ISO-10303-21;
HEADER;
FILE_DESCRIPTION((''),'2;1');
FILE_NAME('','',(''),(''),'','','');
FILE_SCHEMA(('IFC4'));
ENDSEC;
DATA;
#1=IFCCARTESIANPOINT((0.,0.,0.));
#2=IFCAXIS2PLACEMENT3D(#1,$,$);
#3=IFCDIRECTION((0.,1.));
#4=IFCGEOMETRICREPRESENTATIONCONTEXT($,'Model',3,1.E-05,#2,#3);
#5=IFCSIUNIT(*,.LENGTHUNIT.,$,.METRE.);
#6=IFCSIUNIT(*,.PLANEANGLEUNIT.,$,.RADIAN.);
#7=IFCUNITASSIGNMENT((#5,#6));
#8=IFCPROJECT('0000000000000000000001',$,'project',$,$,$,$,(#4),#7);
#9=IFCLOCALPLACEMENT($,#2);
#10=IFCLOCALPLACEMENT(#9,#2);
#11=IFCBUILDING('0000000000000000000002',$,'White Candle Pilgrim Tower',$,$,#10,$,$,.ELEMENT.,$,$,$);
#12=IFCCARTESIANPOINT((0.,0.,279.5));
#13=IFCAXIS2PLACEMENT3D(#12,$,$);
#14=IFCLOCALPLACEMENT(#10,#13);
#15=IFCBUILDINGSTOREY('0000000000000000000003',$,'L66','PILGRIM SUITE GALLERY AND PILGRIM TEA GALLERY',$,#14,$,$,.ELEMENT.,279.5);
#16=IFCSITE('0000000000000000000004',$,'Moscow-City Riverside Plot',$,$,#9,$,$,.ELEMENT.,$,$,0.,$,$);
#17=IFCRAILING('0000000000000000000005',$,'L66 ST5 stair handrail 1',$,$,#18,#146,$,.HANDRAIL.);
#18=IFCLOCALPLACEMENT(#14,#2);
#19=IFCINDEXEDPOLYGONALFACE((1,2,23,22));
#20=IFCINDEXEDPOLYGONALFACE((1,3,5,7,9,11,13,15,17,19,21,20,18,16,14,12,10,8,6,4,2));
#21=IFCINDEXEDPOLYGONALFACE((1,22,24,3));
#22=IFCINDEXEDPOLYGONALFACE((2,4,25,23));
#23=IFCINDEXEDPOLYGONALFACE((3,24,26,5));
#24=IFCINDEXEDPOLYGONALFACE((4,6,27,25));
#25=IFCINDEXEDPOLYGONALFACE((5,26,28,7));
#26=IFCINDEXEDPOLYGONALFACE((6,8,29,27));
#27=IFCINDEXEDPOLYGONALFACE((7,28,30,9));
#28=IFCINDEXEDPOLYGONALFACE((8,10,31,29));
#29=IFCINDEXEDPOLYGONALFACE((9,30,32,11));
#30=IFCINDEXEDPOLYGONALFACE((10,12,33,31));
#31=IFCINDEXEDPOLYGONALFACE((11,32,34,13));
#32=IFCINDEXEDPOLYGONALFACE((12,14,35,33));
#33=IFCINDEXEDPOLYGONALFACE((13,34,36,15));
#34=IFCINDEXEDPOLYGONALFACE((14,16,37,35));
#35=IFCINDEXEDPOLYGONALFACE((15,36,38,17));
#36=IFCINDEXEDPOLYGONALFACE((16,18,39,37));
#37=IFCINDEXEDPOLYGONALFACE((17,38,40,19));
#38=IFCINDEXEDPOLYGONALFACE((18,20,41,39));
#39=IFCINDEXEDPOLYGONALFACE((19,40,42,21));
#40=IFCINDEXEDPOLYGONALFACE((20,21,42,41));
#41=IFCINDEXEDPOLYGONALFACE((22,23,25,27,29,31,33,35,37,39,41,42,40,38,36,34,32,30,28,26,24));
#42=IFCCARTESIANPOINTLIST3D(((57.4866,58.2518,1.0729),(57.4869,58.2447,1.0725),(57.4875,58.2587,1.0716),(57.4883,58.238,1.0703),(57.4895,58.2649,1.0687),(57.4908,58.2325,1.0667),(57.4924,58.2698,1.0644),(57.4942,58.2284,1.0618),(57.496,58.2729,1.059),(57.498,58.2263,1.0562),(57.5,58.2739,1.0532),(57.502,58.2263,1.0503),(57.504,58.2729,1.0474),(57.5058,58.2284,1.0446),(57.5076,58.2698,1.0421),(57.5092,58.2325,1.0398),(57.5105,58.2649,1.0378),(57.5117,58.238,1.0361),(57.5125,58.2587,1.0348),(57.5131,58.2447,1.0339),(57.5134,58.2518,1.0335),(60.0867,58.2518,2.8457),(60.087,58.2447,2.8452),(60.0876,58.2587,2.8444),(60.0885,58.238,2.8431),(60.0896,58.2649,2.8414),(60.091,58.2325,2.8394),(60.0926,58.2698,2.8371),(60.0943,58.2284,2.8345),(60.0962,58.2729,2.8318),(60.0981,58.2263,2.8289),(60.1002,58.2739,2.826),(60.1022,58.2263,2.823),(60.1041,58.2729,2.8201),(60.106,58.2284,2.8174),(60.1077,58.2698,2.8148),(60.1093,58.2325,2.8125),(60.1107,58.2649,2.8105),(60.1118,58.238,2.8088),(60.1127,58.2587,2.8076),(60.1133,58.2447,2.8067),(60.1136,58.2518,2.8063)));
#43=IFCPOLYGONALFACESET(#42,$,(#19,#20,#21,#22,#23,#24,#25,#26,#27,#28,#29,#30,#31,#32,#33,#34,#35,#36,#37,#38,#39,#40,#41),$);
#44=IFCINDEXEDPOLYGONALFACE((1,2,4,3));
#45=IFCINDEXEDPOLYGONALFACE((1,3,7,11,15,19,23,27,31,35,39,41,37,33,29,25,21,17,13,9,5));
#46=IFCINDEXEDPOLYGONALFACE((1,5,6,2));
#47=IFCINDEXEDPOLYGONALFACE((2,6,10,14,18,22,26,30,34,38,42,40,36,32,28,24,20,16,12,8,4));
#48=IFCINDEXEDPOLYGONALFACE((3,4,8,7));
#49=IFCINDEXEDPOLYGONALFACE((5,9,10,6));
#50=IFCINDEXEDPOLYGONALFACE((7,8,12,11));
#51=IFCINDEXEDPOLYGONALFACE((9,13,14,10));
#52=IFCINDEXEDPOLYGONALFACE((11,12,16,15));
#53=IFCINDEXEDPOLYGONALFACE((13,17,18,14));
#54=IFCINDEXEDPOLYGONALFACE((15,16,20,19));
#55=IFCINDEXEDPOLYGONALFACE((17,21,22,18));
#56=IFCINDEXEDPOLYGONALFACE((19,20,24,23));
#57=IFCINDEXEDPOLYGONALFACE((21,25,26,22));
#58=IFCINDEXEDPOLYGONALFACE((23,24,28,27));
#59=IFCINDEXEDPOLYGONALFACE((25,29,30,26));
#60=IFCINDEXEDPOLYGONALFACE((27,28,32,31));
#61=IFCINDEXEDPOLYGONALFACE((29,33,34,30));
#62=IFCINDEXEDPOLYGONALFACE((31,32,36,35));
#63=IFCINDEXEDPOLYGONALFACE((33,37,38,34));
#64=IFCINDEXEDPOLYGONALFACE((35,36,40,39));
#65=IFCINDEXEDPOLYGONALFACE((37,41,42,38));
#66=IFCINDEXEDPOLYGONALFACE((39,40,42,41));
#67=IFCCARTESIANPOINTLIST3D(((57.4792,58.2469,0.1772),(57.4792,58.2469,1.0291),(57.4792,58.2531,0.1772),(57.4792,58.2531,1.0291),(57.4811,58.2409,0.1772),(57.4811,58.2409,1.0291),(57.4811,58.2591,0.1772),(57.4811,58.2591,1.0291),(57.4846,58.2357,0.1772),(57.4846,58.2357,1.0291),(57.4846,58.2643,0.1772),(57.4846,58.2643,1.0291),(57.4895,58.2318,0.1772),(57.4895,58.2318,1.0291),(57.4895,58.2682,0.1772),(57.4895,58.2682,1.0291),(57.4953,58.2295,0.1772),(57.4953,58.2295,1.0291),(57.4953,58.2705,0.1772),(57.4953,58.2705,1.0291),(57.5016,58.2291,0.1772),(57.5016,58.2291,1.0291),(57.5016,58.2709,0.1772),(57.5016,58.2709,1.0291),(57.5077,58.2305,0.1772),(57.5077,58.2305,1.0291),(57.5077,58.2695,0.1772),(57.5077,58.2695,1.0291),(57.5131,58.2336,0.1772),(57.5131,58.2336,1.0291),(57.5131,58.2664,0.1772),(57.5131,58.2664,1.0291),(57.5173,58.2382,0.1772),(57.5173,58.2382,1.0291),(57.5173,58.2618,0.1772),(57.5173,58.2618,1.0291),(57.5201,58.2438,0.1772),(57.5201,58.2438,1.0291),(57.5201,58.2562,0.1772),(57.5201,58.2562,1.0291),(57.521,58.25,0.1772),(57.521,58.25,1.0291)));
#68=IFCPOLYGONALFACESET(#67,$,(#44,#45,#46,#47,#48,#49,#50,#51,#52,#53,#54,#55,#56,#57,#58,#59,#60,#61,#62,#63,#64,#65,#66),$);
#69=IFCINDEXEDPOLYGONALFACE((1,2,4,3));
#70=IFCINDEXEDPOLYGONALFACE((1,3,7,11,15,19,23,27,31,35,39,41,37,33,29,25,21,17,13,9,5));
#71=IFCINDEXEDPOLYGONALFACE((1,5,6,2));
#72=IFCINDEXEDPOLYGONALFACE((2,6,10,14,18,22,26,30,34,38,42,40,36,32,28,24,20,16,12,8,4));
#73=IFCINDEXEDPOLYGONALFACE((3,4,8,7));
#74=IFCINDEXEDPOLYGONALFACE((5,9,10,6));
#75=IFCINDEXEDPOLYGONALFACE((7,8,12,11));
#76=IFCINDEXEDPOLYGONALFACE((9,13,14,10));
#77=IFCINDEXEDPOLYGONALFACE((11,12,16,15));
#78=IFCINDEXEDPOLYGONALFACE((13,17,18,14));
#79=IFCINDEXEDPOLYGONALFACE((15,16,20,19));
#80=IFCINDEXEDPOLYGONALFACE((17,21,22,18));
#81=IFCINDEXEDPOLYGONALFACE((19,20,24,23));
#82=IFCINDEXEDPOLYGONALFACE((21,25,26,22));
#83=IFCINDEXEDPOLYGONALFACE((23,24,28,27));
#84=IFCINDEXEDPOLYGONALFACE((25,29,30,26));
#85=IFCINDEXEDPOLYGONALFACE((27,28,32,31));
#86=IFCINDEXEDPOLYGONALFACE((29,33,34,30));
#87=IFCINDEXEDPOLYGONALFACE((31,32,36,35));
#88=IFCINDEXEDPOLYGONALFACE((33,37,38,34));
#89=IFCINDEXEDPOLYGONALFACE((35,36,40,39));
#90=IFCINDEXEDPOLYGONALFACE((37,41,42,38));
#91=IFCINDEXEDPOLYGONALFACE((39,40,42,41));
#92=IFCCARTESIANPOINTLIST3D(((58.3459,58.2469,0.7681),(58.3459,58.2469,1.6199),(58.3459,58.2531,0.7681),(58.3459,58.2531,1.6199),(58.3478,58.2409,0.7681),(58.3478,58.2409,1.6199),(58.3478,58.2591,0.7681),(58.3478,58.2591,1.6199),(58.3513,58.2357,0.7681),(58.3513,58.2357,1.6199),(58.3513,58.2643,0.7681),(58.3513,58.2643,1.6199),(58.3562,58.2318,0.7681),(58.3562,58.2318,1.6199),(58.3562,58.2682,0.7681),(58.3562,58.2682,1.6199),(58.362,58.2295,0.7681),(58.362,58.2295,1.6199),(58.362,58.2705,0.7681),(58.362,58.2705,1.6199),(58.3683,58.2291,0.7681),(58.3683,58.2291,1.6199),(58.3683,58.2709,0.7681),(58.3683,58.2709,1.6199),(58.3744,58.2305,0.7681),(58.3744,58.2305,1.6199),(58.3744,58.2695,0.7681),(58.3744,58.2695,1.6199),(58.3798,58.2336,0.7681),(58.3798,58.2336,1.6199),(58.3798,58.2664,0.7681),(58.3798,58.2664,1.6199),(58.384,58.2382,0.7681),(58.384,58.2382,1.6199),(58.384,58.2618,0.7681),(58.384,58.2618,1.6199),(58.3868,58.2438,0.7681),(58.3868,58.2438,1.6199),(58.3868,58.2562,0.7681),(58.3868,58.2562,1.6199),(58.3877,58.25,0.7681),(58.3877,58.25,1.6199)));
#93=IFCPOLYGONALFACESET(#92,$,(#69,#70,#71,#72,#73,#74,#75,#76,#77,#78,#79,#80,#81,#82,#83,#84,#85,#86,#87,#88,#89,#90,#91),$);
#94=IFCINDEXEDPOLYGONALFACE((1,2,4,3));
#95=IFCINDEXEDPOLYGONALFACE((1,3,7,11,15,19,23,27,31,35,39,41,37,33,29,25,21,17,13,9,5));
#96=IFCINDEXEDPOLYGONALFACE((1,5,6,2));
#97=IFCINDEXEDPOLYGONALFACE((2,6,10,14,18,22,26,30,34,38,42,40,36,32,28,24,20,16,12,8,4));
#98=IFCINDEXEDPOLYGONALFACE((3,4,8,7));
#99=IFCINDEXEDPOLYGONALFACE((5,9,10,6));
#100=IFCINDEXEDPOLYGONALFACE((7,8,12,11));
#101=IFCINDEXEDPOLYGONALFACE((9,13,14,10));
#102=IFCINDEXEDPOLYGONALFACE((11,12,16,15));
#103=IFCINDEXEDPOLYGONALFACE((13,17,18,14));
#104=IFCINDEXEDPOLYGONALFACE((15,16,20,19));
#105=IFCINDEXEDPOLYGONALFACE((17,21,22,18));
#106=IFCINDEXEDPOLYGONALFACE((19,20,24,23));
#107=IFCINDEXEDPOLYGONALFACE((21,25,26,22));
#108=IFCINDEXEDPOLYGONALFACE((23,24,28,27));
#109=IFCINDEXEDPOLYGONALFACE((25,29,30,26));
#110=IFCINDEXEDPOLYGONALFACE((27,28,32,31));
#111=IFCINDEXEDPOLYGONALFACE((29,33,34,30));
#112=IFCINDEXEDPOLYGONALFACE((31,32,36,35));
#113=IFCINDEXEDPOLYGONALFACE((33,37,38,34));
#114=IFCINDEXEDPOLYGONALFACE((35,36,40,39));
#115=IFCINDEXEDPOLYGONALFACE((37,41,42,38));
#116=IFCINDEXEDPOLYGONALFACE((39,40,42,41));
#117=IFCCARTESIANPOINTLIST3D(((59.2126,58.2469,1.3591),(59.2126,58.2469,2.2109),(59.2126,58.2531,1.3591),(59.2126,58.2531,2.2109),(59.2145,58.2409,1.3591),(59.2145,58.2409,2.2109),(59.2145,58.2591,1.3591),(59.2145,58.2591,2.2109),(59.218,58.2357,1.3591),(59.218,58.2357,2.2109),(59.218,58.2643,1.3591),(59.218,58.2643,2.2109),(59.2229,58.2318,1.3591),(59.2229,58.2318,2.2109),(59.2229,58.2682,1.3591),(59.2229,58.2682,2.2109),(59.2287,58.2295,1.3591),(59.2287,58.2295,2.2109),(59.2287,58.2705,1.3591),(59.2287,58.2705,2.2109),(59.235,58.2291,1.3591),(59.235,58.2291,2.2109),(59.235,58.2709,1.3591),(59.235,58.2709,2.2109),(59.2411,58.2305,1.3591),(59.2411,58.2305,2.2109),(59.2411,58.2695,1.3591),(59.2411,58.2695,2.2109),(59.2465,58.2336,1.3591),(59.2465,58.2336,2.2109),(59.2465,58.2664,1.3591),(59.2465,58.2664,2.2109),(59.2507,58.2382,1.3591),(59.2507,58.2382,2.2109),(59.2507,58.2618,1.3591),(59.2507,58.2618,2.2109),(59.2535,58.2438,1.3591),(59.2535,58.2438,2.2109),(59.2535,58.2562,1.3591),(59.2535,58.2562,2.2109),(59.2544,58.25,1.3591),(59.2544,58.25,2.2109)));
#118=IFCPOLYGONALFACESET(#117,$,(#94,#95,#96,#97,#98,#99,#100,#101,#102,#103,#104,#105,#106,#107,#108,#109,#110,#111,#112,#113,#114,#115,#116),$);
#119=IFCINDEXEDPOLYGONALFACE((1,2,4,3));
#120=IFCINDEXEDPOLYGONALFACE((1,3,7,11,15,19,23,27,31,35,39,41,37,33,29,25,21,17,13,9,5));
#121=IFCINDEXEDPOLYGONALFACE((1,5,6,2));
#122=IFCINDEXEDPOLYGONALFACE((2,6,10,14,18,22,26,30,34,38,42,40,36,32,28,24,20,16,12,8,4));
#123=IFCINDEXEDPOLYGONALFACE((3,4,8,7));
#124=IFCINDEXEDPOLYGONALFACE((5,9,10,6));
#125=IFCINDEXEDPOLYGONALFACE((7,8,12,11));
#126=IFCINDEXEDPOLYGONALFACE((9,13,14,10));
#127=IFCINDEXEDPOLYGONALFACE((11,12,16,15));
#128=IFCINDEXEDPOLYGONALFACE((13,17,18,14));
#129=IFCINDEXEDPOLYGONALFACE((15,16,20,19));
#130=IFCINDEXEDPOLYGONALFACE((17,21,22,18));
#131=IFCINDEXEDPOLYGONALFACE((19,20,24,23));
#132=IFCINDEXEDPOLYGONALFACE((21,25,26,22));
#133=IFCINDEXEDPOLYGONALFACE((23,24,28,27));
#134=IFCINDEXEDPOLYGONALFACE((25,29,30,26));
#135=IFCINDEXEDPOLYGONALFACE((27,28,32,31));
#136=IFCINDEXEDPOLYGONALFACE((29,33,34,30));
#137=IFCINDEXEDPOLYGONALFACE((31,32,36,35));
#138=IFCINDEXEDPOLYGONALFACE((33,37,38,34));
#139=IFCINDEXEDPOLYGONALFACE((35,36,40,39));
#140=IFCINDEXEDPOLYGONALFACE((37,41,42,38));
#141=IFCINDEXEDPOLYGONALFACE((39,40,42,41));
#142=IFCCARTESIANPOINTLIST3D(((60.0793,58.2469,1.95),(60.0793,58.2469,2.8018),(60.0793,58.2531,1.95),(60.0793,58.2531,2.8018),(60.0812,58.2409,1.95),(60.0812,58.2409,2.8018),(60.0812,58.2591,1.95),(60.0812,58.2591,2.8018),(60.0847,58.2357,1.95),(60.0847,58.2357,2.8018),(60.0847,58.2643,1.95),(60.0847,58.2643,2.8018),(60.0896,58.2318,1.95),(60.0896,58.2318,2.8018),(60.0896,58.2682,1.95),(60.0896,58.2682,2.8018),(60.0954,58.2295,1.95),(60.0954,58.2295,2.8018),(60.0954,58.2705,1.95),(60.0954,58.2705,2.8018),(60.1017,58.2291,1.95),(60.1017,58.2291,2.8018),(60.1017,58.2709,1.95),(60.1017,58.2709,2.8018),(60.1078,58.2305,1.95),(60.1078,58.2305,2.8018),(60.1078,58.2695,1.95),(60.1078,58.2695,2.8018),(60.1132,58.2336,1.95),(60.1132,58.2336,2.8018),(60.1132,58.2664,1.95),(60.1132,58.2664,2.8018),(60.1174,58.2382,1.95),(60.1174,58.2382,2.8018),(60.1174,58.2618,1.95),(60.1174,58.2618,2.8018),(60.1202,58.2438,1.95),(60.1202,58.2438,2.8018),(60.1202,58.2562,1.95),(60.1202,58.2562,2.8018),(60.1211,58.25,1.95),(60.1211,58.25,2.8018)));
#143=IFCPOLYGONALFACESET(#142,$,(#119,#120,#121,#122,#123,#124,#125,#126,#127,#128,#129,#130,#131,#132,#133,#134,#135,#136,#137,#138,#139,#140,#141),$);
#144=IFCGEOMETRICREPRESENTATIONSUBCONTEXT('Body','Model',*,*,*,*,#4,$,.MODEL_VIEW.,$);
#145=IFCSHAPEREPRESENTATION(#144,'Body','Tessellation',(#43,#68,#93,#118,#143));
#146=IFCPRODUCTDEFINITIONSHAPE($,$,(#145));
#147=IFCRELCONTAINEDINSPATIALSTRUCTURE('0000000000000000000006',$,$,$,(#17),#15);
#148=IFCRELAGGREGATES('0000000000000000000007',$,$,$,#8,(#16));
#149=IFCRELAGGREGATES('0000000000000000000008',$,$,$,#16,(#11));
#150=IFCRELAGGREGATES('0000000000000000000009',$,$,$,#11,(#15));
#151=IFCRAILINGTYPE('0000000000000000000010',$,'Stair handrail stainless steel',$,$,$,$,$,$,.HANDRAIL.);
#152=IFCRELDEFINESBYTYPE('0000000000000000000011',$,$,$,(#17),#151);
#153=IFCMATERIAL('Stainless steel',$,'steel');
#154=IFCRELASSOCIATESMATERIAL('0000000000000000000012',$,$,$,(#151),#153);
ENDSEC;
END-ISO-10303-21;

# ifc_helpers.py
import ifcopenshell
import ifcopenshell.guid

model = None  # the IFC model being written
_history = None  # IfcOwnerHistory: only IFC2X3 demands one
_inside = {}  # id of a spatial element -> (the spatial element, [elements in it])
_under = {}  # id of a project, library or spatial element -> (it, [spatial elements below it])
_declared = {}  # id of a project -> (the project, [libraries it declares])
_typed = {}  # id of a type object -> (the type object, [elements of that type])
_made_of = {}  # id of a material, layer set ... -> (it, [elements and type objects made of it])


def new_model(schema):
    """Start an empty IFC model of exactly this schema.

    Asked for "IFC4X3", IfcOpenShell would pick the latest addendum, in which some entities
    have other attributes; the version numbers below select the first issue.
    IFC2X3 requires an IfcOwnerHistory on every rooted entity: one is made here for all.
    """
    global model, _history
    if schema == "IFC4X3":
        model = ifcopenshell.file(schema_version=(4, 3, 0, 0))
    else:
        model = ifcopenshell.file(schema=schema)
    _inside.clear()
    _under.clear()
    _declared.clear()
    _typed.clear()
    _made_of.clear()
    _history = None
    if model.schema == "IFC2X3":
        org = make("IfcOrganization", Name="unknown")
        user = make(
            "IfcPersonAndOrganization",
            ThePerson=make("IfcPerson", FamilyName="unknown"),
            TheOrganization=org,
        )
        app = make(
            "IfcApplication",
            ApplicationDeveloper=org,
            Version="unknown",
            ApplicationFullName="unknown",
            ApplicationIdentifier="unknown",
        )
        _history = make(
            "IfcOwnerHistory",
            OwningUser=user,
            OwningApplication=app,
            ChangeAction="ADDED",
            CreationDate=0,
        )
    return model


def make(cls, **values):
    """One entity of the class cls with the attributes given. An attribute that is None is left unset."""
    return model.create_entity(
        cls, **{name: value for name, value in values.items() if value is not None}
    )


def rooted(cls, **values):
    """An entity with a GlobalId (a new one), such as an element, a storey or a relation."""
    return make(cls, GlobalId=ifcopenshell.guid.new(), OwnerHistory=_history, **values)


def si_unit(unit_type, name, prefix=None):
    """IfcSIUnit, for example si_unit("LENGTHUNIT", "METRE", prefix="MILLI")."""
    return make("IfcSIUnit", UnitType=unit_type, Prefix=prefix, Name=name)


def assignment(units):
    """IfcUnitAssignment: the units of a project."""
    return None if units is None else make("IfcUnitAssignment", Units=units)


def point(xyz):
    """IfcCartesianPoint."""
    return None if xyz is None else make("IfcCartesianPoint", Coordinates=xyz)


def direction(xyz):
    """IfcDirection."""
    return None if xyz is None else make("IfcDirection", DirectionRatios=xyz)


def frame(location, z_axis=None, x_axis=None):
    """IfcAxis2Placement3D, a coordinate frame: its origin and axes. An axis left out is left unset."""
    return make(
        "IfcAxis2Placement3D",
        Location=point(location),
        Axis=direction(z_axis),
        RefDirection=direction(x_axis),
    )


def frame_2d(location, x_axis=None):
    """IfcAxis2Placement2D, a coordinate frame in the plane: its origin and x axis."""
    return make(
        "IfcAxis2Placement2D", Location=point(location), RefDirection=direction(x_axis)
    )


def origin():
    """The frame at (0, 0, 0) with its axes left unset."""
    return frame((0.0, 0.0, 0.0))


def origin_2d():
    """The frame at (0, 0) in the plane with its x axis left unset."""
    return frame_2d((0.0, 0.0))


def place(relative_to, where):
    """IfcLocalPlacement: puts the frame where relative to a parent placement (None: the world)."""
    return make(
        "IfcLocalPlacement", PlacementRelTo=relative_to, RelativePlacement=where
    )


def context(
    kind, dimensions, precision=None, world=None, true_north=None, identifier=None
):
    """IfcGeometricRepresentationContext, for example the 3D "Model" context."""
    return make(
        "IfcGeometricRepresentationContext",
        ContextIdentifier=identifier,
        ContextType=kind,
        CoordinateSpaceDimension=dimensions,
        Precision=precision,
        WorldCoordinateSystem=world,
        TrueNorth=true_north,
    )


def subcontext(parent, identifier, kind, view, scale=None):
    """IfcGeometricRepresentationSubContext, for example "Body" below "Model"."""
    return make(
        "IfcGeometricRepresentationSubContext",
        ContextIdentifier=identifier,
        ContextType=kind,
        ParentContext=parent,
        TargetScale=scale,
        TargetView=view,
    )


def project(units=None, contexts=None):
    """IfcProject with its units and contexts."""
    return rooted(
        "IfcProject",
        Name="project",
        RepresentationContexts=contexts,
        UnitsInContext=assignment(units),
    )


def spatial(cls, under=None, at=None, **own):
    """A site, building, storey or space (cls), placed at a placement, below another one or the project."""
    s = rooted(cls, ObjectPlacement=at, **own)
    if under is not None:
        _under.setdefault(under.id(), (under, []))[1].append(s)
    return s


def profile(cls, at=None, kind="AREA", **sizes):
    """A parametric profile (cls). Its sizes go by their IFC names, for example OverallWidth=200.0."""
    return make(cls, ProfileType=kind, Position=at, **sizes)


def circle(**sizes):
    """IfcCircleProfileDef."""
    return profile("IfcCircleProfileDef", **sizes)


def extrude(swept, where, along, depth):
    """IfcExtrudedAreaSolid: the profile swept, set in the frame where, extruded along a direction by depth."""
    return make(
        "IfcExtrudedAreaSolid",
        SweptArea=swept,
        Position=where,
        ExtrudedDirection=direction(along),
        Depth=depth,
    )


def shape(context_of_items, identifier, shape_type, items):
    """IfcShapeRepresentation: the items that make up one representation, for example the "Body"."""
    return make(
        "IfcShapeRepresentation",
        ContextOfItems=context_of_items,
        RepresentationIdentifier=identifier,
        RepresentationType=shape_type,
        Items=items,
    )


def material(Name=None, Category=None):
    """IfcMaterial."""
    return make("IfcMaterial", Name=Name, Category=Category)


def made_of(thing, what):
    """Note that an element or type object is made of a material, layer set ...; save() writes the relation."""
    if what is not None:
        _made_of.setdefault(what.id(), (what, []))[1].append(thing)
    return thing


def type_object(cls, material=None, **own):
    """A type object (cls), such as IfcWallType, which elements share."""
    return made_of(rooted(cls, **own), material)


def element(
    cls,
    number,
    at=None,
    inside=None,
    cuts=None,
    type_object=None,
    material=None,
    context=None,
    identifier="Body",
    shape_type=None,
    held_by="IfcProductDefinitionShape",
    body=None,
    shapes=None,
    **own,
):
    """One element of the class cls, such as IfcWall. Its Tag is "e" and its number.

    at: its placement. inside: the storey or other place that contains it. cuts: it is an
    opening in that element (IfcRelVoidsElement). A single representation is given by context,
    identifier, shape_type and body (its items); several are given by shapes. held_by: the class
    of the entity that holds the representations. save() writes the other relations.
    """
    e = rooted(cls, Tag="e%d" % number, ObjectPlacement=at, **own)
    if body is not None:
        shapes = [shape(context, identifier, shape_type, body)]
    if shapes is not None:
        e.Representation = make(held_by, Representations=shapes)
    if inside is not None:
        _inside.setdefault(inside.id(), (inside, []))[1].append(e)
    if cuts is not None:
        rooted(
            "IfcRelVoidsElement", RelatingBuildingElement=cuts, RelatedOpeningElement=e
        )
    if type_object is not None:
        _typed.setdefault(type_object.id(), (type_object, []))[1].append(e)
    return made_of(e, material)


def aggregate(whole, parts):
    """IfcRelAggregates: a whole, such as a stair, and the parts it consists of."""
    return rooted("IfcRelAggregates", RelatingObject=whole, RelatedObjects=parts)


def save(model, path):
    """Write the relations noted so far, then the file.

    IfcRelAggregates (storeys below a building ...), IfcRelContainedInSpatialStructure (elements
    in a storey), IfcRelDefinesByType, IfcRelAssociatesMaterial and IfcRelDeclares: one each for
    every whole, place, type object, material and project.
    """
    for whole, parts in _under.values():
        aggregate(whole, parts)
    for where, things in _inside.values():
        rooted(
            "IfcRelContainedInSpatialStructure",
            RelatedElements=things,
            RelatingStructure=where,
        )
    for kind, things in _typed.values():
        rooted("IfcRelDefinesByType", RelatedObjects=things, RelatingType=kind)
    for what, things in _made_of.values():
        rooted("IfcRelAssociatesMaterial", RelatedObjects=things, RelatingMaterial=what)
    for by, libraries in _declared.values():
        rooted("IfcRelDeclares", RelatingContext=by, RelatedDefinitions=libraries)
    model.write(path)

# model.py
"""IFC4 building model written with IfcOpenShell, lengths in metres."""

from ifc_helpers import new_model, si_unit, direction, frame, origin, origin_2d, place, context, subcontext, project, spatial, circle, extrude, material, type_object, element, save


model = new_model("IFC4")

# Units and contexts
model_context = context("Model", 3, precision=1e-05, world=origin(), true_north=direction((0.0, 1.0)))
body_context = subcontext(model_context, "Body", "Model", "MODEL_VIEW")
ifc_project = project(units=[si_unit("LENGTHUNIT", "METRE"), si_unit("PLANEANGLEUNIT", "RADIAN")], contexts=[model_context])

# Site, building, storey
site_placement = place(None, origin())
site = spatial("IfcSite", under=ifc_project, at=site_placement, Name="Moscow-City Riverside Plot", CompositionType="ELEMENT", RefElevation=0.0)
building_placement = place(site_placement, origin())
building = spatial("IfcBuilding", under=site, at=building_placement, Name="White Candle Pilgrim Tower", CompositionType="ELEMENT")
storey_placement = place(building_placement, frame((0.0, 0.0, 279.5)))
storey = spatial("IfcBuildingStorey", under=building, at=storey_placement, Name="L66", Description="PILGRIM SUITE GALLERY AND PILGRIM TEA GALLERY", CompositionType="ELEMENT", Elevation=279.5)

# Railing
ifc_material_1 = material(Name="Stainless steel", Category="steel")
railing_type_1 = type_object("IfcRailingType", Name="Stair handrail stainless steel", PredefinedType="HANDRAIL", material=ifc_material_1)
railing_1_placement = place(storey_placement, frame((57.5, 58.25, 0.1772)))
element("IfcRailing", 1, at=railing_1_placement, inside=storey, type_object=railing_type_1, Name="L66 ST5 stair handrail 1", PredefinedType="HANDRAIL", context=body_context, shape_type="SweptSolid", body=[
    extrude(circle(Radius=0.0239, at=origin_2d()), frame((0.0, 0.0, 0.876), z_axis=(0.82624, 0.0, 0.563318), x_axis=(0.0, 1.0, 0.0)), (0.0, 0.0, 1.0), 3.147),
    extrude(circle(Radius=0.021, at=origin_2d()), origin(), (0.0, 0.0, 1.0), 0.8518),
    extrude(circle(Radius=0.021, at=origin_2d()), frame((0.8667, 0.0, 0.5908)), (0.0, 0.0, 1.0), 0.8518),
    extrude(circle(Radius=0.021, at=origin_2d()), frame((1.7334, 0.0, 1.1819)), (0.0, 0.0, 1.0), 0.8518),
    extrude(circle(Radius=0.021, at=origin_2d()), frame((2.6001, 0.0, 1.7727)), (0.0, 0.0, 1.0), 0.8518),
])

save(model, "model.ifc")
